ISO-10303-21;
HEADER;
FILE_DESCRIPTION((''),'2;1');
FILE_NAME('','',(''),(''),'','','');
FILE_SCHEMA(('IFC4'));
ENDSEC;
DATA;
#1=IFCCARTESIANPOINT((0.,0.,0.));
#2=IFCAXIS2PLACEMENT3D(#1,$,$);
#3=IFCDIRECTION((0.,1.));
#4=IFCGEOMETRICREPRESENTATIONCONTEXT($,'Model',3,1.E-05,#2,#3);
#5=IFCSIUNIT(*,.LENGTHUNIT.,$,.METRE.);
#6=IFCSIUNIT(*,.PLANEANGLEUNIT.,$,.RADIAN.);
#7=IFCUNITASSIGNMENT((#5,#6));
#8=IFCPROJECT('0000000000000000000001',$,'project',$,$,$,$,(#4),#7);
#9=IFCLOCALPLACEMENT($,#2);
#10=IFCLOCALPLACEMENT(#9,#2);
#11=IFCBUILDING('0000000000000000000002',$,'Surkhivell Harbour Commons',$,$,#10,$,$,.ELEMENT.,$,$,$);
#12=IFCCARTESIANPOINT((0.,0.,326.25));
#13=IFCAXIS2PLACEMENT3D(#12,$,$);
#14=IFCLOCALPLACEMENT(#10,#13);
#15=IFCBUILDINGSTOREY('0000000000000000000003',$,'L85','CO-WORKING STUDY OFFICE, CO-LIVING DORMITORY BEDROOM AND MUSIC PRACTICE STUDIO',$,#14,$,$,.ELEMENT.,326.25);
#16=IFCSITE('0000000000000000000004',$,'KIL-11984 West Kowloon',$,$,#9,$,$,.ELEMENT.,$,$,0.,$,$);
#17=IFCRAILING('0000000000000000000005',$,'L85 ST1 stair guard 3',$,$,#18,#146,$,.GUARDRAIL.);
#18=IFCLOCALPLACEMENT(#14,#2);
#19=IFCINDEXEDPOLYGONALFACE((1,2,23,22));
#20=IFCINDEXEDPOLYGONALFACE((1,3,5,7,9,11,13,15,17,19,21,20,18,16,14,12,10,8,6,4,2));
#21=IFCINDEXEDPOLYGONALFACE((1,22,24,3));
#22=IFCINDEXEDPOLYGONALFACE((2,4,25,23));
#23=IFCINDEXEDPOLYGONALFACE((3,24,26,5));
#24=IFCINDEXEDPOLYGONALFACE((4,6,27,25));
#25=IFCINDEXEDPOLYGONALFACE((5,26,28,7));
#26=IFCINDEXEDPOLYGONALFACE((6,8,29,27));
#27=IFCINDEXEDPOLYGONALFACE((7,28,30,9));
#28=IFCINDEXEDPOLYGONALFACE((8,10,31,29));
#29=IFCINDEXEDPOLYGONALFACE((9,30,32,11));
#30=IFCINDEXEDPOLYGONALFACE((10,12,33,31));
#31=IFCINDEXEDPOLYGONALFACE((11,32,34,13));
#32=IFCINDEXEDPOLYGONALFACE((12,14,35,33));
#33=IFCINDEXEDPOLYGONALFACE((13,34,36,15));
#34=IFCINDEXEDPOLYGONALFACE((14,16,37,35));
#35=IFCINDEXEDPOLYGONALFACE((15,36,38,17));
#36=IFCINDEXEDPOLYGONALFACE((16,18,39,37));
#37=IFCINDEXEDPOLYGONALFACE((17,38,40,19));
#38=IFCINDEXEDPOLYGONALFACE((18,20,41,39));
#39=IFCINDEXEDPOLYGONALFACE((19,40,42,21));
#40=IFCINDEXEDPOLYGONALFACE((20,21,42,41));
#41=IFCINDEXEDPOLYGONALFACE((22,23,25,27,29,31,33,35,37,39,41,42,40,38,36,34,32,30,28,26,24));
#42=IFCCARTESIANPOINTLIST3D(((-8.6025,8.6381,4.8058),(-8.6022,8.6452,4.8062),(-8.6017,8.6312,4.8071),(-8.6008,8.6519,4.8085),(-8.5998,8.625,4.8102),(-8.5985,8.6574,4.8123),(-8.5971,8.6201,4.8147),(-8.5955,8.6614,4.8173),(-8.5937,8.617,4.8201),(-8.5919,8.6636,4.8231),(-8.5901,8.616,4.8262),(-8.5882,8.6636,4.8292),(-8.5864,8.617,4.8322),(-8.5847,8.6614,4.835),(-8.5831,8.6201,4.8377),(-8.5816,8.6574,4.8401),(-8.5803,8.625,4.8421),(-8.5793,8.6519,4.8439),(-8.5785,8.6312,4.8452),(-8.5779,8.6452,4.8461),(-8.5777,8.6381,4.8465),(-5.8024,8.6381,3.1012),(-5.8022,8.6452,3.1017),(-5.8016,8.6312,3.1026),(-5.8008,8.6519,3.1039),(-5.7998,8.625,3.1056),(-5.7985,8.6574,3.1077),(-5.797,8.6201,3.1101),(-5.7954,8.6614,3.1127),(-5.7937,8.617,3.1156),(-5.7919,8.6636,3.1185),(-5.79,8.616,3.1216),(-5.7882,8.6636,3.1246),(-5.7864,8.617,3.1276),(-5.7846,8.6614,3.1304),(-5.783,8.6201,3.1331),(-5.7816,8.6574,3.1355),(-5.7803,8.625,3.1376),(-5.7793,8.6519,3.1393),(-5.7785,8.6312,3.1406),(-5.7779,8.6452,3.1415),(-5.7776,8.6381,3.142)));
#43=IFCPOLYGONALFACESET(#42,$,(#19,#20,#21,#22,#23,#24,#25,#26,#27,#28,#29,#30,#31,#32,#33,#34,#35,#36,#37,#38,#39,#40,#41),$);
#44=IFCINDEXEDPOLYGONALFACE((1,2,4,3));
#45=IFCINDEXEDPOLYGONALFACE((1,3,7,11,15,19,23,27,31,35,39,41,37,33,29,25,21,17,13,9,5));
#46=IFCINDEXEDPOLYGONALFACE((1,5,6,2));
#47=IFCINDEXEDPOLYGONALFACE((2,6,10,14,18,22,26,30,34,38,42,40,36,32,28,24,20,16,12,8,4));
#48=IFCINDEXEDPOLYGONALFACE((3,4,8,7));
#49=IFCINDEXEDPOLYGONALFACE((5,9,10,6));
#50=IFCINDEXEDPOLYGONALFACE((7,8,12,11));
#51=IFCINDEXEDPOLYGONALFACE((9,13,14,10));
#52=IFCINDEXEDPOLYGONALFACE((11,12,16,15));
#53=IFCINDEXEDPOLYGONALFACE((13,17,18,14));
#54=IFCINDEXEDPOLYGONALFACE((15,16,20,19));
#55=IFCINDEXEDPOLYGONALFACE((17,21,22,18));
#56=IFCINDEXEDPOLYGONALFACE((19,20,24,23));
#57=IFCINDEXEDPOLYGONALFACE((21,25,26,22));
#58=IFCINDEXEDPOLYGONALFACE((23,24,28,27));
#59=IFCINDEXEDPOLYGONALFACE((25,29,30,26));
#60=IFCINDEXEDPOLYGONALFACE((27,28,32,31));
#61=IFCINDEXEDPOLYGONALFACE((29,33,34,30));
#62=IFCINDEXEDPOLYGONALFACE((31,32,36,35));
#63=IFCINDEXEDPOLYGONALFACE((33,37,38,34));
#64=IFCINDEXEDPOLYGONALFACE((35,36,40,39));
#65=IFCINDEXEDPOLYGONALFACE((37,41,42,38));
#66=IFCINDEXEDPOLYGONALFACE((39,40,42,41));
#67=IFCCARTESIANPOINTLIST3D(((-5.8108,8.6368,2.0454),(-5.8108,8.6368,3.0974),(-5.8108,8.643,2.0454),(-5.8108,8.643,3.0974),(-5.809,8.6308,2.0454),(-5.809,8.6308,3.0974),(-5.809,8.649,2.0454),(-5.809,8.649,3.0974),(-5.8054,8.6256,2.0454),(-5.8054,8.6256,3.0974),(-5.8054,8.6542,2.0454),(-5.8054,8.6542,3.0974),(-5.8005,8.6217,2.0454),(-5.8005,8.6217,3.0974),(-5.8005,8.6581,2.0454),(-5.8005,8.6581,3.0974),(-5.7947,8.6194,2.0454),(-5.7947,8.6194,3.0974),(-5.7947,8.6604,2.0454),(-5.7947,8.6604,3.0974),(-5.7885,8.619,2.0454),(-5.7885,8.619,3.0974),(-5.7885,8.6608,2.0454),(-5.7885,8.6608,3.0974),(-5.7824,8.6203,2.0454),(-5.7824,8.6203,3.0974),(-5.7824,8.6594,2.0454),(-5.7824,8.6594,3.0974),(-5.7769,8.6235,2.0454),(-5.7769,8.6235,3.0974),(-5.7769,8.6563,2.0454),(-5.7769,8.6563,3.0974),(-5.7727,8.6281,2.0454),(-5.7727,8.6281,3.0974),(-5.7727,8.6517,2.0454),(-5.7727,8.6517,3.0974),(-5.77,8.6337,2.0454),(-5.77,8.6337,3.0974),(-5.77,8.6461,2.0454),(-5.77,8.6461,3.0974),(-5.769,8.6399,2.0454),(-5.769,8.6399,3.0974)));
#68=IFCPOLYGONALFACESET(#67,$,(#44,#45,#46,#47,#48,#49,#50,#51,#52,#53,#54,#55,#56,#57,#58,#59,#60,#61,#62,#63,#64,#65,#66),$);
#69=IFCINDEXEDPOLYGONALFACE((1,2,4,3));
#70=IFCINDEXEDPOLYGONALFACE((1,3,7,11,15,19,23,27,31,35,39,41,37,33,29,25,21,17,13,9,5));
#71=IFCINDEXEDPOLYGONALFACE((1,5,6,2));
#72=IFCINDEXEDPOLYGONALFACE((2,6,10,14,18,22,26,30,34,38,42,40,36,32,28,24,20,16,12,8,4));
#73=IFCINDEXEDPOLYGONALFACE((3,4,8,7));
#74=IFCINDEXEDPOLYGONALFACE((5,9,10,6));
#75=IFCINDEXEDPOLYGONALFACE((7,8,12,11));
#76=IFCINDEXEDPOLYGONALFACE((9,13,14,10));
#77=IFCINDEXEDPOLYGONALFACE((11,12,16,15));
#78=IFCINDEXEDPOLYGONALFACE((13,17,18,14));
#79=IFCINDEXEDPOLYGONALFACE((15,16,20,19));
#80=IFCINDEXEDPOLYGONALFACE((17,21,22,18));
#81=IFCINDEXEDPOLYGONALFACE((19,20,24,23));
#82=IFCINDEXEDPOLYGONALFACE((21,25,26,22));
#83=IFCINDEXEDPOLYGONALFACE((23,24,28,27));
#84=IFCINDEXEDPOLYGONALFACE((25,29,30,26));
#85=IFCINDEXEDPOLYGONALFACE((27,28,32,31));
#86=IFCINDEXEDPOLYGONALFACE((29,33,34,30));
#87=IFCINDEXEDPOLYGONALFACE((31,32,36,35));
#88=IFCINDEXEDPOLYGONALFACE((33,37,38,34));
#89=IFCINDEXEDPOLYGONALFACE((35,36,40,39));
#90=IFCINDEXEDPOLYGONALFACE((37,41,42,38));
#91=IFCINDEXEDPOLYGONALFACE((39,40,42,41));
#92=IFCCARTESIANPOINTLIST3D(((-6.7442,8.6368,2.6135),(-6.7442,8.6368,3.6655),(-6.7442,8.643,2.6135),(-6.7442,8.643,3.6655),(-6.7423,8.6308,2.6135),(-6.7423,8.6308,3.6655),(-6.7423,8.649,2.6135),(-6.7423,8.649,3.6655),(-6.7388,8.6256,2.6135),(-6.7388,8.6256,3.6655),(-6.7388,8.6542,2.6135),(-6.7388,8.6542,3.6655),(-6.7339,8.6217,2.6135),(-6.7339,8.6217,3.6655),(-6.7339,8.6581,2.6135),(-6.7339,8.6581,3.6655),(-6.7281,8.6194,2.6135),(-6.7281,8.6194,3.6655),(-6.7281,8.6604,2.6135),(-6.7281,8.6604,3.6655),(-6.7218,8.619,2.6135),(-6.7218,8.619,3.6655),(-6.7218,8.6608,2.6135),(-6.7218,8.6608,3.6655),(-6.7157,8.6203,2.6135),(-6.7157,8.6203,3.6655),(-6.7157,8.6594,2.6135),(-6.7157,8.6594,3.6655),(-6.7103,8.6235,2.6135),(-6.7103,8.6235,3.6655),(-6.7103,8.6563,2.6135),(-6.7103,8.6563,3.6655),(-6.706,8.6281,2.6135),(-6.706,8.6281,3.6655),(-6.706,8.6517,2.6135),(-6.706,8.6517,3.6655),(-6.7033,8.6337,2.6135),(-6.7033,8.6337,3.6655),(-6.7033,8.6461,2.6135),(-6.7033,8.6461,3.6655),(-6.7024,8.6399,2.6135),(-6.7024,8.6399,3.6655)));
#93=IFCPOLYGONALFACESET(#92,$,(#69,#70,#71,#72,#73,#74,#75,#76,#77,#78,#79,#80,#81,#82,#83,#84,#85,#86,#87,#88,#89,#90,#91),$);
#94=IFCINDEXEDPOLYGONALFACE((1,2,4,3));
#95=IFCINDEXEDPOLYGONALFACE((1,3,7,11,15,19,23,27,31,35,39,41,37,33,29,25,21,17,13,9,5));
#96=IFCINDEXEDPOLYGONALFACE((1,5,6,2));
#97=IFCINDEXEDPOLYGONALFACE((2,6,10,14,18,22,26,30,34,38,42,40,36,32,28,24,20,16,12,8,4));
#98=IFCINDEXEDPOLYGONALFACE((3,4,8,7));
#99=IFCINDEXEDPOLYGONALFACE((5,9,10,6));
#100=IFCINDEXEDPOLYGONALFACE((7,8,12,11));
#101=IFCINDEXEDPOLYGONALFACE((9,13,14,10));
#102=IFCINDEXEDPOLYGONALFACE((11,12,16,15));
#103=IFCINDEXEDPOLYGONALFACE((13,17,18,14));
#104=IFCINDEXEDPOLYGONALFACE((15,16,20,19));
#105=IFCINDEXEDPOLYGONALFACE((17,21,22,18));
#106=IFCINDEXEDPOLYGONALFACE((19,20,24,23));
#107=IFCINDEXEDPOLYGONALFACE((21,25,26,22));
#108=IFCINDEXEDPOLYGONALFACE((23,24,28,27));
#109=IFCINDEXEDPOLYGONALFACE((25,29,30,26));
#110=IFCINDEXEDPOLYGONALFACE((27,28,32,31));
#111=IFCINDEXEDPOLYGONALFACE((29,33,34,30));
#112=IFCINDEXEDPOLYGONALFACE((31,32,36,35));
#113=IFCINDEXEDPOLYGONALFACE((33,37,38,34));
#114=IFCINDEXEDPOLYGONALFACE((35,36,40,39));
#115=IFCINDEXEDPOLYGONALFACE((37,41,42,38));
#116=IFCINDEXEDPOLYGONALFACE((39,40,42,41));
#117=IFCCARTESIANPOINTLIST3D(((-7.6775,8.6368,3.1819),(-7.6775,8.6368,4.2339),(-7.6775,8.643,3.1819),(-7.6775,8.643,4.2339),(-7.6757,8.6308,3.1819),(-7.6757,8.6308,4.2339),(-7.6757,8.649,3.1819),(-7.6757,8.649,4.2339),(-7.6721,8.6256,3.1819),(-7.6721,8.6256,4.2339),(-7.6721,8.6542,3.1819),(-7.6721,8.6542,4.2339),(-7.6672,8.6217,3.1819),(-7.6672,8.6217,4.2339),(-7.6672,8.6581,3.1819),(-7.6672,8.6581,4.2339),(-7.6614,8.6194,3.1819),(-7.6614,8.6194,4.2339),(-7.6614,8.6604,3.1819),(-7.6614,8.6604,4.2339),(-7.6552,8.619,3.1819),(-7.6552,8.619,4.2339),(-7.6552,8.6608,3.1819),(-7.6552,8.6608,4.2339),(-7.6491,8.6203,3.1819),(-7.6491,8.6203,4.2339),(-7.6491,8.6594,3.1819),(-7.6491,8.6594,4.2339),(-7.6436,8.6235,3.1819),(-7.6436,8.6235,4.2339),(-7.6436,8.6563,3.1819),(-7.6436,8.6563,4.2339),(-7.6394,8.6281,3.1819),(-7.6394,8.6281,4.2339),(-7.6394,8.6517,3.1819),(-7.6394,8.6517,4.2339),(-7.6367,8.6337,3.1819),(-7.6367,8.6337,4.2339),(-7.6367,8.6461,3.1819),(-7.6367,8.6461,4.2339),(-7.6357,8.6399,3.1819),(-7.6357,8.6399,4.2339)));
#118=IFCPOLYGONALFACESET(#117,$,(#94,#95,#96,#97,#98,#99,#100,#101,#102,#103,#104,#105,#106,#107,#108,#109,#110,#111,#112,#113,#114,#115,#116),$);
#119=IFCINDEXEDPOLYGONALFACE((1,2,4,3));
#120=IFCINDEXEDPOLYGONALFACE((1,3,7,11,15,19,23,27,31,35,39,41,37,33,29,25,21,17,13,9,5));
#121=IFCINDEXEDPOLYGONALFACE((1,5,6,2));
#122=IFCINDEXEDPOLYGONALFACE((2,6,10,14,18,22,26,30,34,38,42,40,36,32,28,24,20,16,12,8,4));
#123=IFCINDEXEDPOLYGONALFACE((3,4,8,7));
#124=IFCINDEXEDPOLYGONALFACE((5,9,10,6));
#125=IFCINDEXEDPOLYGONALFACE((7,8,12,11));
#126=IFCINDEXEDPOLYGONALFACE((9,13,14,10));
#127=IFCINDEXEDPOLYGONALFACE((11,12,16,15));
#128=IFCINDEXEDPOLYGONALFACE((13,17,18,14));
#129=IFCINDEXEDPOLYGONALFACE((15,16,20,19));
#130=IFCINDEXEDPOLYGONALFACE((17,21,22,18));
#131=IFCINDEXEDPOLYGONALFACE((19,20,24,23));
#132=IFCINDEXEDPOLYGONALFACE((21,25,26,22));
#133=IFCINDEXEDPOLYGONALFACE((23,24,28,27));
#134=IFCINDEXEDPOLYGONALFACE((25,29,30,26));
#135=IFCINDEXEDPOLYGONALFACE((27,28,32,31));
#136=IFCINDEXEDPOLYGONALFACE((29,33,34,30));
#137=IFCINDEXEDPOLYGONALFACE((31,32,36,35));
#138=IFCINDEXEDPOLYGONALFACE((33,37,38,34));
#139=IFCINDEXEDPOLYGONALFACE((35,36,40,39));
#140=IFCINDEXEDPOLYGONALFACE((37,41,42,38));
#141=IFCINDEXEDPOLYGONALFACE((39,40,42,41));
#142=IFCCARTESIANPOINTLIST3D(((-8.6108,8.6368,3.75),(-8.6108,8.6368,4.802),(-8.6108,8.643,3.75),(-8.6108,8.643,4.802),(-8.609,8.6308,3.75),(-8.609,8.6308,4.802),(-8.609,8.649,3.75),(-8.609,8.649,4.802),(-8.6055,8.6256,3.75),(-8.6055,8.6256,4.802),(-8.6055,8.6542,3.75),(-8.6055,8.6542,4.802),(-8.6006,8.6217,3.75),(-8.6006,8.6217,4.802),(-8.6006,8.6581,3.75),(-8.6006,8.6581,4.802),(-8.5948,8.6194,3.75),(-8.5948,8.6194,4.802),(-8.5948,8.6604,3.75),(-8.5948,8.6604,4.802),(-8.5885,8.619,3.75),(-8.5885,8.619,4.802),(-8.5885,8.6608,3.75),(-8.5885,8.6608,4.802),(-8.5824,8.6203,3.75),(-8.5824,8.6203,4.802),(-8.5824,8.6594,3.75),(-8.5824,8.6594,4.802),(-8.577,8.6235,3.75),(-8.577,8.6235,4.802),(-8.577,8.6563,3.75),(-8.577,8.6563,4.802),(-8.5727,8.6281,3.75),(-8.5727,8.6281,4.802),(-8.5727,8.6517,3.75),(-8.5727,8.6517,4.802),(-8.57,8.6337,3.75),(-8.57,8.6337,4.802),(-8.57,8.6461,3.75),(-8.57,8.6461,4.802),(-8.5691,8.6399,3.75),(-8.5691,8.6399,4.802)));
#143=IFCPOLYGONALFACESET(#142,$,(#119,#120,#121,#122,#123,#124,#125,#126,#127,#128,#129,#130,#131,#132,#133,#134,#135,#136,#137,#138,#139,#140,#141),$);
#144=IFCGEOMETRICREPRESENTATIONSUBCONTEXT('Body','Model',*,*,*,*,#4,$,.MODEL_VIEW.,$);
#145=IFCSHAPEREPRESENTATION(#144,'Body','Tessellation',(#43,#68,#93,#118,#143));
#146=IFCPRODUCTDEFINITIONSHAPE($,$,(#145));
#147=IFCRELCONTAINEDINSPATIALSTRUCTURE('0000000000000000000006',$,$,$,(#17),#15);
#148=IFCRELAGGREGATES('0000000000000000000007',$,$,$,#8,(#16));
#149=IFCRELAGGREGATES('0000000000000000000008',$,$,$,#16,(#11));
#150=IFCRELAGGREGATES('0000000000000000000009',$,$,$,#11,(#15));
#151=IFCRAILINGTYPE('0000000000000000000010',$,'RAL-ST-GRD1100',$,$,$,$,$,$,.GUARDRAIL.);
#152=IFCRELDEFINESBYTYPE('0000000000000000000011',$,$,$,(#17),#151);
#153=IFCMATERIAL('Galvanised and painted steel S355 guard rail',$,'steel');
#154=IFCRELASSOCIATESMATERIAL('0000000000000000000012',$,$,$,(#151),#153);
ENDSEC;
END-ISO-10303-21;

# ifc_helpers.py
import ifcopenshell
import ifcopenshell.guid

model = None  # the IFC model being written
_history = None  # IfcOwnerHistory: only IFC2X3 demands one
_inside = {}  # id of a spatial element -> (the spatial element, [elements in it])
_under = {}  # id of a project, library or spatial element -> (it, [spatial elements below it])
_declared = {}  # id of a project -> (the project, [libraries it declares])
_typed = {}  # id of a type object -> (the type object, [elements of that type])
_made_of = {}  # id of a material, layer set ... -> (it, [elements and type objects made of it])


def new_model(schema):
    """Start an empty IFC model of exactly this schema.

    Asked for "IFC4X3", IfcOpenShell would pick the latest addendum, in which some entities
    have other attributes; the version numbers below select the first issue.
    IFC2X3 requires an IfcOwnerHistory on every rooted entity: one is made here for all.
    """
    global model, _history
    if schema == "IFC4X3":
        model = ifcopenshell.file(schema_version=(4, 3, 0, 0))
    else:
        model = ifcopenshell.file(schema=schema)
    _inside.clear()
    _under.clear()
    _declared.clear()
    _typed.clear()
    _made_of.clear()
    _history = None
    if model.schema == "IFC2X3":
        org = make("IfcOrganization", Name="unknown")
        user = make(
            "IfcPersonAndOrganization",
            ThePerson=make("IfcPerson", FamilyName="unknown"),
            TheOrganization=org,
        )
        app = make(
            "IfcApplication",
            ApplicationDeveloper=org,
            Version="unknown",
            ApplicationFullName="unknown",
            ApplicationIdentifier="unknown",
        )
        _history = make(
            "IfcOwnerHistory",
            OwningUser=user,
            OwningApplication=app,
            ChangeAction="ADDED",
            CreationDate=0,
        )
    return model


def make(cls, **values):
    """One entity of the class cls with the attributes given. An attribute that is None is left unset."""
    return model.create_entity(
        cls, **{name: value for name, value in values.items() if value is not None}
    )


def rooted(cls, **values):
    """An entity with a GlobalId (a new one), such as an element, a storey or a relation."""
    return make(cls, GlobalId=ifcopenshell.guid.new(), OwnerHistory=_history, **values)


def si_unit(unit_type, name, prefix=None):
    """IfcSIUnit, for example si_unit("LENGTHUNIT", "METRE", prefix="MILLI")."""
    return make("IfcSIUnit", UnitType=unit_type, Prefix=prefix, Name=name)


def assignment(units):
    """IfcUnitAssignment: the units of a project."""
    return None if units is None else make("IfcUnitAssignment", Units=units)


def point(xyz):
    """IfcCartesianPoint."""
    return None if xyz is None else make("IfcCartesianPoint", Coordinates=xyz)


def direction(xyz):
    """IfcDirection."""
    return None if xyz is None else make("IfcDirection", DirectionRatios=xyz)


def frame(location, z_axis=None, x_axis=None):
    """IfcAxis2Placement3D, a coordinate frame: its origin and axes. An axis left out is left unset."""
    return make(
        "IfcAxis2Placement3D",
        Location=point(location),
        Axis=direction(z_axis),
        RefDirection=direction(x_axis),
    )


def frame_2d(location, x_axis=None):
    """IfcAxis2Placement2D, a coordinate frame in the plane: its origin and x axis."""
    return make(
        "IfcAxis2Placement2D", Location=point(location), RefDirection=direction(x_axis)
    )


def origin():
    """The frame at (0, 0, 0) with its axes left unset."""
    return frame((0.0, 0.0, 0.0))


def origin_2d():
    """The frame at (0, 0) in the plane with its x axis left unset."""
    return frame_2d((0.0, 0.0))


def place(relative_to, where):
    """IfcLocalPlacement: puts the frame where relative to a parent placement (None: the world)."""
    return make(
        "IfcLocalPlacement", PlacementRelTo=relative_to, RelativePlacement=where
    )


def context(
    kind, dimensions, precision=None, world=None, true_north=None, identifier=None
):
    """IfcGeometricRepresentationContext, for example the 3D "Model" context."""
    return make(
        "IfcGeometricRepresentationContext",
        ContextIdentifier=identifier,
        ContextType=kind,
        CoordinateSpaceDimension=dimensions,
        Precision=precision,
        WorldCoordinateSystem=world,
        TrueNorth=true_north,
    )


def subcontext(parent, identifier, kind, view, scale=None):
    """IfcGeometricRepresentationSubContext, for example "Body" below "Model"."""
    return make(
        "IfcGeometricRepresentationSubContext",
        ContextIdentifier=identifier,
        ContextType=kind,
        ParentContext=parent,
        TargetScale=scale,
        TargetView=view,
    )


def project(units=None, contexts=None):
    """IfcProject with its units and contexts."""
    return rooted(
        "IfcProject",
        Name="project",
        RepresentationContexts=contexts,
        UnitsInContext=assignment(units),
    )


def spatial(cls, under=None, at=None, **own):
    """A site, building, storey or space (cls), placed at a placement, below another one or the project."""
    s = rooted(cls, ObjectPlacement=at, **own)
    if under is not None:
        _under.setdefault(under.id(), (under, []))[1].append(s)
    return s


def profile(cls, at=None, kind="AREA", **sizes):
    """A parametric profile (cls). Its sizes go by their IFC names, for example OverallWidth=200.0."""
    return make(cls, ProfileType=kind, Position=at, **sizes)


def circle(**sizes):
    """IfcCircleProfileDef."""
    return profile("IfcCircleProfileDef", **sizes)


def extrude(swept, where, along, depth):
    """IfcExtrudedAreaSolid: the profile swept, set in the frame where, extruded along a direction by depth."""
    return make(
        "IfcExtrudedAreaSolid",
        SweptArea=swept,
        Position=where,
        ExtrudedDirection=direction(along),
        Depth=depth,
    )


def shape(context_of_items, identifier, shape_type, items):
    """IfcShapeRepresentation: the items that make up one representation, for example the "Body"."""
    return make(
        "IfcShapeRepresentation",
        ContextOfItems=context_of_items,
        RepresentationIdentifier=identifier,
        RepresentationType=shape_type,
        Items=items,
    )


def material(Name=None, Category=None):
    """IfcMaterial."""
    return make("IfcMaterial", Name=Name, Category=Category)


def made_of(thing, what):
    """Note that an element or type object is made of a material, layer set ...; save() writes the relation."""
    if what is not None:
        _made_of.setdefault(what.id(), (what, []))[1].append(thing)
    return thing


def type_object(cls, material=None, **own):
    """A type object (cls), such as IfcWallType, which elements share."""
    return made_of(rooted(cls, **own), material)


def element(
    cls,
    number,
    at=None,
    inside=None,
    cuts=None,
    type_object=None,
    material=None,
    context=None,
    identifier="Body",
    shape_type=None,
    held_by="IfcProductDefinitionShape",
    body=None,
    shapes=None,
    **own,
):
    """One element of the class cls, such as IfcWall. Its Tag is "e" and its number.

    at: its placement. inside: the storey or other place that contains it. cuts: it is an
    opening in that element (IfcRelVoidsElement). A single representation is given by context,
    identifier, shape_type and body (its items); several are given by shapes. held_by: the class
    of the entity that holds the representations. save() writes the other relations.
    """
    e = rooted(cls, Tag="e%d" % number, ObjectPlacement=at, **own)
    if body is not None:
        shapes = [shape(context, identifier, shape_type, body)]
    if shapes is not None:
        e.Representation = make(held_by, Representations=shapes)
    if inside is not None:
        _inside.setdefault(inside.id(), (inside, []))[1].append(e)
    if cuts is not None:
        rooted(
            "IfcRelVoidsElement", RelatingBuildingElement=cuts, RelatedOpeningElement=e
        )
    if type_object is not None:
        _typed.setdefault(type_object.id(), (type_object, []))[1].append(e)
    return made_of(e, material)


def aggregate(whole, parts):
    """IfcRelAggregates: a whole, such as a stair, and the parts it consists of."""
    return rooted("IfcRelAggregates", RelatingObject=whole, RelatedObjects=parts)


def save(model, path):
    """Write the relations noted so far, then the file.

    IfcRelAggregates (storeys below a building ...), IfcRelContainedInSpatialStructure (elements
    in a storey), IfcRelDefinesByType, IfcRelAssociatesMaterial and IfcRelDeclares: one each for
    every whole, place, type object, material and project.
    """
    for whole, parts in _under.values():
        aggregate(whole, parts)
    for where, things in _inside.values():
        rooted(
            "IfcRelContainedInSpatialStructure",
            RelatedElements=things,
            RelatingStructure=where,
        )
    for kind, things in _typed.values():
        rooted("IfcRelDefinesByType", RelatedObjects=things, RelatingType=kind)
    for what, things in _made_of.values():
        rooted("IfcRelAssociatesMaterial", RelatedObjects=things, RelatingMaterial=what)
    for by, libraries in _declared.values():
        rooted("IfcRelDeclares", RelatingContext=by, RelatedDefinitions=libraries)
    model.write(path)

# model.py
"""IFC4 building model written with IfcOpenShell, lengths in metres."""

from ifc_helpers import new_model, si_unit, direction, frame, origin, origin_2d, place, context, subcontext, project, spatial, circle, extrude, material, type_object, element, save


model = new_model("IFC4")

# Units and contexts
model_context = context("Model", 3, precision=1e-05, world=origin(), true_north=direction((0.0, 1.0)))
body_context = subcontext(model_context, "Body", "Model", "MODEL_VIEW")
ifc_project = project(units=[si_unit("LENGTHUNIT", "METRE"), si_unit("PLANEANGLEUNIT", "RADIAN")], contexts=[model_context])

# Site, building, storey
site_placement = place(None, origin())
site = spatial("IfcSite", under=ifc_project, at=site_placement, Name="KIL-11984 West Kowloon", CompositionType="ELEMENT", RefElevation=0.0)
building_placement = place(site_placement, origin())
building = spatial("IfcBuilding", under=site, at=building_placement, Name="Surkhivell Harbour Commons", CompositionType="ELEMENT")
storey_placement = place(building_placement, frame((0.0, 0.0, 326.25)))
storey = spatial("IfcBuildingStorey", under=building, at=storey_placement, Name="L85", Description="CO-WORKING STUDY OFFICE, CO-LIVING DORMITORY BEDROOM AND MUSIC PRACTICE STUDIO", CompositionType="ELEMENT", Elevation=326.25)

# Railing
ifc_material_1 = material(Name="Galvanised and painted steel S355 guard rail", Category="steel")
railing_type_1 = type_object("IfcRailingType", Name="RAL-ST-GRD1100", PredefinedType="GUARDRAIL", material=ifc_material_1)
railing_1_placement = place(storey_placement, frame((-5.79, 8.6399, 2.0454)))
element("IfcRailing", 1, at=railing_1_placement, inside=storey, type_object=railing_type_1, Name="L85 ST1 stair guard 3", PredefinedType="GUARDRAIL", context=body_context, shape_type="SweptSolid", body=[
    extrude(circle(Radius=0.0239, at=origin_2d()), frame((0.0, 0.0, 1.0762), z_axis=(-0.85417, 0.0, 0.519994), x_axis=(0.0, -1.0, 0.0)), (0.0, 0.0, 1.0), 3.2781),
    extrude(circle(Radius=0.021, at=origin_2d()), origin(), (0.0, 0.0, 1.0), 1.052),
    extrude(circle(Radius=0.021, at=origin_2d()), frame((-0.9333, 0.0, 0.5681)), (0.0, 0.0, 1.0), 1.052),
    extrude(circle(Radius=0.021, at=origin_2d()), frame((-1.8667, 0.0, 1.1365)), (0.0, 0.0, 1.0), 1.052),
    extrude(circle(Radius=0.021, at=origin_2d()), frame((-2.8, 0.0, 1.7046)), (0.0, 0.0, 1.0), 1.052),
])

save(model, "model.ifc")
